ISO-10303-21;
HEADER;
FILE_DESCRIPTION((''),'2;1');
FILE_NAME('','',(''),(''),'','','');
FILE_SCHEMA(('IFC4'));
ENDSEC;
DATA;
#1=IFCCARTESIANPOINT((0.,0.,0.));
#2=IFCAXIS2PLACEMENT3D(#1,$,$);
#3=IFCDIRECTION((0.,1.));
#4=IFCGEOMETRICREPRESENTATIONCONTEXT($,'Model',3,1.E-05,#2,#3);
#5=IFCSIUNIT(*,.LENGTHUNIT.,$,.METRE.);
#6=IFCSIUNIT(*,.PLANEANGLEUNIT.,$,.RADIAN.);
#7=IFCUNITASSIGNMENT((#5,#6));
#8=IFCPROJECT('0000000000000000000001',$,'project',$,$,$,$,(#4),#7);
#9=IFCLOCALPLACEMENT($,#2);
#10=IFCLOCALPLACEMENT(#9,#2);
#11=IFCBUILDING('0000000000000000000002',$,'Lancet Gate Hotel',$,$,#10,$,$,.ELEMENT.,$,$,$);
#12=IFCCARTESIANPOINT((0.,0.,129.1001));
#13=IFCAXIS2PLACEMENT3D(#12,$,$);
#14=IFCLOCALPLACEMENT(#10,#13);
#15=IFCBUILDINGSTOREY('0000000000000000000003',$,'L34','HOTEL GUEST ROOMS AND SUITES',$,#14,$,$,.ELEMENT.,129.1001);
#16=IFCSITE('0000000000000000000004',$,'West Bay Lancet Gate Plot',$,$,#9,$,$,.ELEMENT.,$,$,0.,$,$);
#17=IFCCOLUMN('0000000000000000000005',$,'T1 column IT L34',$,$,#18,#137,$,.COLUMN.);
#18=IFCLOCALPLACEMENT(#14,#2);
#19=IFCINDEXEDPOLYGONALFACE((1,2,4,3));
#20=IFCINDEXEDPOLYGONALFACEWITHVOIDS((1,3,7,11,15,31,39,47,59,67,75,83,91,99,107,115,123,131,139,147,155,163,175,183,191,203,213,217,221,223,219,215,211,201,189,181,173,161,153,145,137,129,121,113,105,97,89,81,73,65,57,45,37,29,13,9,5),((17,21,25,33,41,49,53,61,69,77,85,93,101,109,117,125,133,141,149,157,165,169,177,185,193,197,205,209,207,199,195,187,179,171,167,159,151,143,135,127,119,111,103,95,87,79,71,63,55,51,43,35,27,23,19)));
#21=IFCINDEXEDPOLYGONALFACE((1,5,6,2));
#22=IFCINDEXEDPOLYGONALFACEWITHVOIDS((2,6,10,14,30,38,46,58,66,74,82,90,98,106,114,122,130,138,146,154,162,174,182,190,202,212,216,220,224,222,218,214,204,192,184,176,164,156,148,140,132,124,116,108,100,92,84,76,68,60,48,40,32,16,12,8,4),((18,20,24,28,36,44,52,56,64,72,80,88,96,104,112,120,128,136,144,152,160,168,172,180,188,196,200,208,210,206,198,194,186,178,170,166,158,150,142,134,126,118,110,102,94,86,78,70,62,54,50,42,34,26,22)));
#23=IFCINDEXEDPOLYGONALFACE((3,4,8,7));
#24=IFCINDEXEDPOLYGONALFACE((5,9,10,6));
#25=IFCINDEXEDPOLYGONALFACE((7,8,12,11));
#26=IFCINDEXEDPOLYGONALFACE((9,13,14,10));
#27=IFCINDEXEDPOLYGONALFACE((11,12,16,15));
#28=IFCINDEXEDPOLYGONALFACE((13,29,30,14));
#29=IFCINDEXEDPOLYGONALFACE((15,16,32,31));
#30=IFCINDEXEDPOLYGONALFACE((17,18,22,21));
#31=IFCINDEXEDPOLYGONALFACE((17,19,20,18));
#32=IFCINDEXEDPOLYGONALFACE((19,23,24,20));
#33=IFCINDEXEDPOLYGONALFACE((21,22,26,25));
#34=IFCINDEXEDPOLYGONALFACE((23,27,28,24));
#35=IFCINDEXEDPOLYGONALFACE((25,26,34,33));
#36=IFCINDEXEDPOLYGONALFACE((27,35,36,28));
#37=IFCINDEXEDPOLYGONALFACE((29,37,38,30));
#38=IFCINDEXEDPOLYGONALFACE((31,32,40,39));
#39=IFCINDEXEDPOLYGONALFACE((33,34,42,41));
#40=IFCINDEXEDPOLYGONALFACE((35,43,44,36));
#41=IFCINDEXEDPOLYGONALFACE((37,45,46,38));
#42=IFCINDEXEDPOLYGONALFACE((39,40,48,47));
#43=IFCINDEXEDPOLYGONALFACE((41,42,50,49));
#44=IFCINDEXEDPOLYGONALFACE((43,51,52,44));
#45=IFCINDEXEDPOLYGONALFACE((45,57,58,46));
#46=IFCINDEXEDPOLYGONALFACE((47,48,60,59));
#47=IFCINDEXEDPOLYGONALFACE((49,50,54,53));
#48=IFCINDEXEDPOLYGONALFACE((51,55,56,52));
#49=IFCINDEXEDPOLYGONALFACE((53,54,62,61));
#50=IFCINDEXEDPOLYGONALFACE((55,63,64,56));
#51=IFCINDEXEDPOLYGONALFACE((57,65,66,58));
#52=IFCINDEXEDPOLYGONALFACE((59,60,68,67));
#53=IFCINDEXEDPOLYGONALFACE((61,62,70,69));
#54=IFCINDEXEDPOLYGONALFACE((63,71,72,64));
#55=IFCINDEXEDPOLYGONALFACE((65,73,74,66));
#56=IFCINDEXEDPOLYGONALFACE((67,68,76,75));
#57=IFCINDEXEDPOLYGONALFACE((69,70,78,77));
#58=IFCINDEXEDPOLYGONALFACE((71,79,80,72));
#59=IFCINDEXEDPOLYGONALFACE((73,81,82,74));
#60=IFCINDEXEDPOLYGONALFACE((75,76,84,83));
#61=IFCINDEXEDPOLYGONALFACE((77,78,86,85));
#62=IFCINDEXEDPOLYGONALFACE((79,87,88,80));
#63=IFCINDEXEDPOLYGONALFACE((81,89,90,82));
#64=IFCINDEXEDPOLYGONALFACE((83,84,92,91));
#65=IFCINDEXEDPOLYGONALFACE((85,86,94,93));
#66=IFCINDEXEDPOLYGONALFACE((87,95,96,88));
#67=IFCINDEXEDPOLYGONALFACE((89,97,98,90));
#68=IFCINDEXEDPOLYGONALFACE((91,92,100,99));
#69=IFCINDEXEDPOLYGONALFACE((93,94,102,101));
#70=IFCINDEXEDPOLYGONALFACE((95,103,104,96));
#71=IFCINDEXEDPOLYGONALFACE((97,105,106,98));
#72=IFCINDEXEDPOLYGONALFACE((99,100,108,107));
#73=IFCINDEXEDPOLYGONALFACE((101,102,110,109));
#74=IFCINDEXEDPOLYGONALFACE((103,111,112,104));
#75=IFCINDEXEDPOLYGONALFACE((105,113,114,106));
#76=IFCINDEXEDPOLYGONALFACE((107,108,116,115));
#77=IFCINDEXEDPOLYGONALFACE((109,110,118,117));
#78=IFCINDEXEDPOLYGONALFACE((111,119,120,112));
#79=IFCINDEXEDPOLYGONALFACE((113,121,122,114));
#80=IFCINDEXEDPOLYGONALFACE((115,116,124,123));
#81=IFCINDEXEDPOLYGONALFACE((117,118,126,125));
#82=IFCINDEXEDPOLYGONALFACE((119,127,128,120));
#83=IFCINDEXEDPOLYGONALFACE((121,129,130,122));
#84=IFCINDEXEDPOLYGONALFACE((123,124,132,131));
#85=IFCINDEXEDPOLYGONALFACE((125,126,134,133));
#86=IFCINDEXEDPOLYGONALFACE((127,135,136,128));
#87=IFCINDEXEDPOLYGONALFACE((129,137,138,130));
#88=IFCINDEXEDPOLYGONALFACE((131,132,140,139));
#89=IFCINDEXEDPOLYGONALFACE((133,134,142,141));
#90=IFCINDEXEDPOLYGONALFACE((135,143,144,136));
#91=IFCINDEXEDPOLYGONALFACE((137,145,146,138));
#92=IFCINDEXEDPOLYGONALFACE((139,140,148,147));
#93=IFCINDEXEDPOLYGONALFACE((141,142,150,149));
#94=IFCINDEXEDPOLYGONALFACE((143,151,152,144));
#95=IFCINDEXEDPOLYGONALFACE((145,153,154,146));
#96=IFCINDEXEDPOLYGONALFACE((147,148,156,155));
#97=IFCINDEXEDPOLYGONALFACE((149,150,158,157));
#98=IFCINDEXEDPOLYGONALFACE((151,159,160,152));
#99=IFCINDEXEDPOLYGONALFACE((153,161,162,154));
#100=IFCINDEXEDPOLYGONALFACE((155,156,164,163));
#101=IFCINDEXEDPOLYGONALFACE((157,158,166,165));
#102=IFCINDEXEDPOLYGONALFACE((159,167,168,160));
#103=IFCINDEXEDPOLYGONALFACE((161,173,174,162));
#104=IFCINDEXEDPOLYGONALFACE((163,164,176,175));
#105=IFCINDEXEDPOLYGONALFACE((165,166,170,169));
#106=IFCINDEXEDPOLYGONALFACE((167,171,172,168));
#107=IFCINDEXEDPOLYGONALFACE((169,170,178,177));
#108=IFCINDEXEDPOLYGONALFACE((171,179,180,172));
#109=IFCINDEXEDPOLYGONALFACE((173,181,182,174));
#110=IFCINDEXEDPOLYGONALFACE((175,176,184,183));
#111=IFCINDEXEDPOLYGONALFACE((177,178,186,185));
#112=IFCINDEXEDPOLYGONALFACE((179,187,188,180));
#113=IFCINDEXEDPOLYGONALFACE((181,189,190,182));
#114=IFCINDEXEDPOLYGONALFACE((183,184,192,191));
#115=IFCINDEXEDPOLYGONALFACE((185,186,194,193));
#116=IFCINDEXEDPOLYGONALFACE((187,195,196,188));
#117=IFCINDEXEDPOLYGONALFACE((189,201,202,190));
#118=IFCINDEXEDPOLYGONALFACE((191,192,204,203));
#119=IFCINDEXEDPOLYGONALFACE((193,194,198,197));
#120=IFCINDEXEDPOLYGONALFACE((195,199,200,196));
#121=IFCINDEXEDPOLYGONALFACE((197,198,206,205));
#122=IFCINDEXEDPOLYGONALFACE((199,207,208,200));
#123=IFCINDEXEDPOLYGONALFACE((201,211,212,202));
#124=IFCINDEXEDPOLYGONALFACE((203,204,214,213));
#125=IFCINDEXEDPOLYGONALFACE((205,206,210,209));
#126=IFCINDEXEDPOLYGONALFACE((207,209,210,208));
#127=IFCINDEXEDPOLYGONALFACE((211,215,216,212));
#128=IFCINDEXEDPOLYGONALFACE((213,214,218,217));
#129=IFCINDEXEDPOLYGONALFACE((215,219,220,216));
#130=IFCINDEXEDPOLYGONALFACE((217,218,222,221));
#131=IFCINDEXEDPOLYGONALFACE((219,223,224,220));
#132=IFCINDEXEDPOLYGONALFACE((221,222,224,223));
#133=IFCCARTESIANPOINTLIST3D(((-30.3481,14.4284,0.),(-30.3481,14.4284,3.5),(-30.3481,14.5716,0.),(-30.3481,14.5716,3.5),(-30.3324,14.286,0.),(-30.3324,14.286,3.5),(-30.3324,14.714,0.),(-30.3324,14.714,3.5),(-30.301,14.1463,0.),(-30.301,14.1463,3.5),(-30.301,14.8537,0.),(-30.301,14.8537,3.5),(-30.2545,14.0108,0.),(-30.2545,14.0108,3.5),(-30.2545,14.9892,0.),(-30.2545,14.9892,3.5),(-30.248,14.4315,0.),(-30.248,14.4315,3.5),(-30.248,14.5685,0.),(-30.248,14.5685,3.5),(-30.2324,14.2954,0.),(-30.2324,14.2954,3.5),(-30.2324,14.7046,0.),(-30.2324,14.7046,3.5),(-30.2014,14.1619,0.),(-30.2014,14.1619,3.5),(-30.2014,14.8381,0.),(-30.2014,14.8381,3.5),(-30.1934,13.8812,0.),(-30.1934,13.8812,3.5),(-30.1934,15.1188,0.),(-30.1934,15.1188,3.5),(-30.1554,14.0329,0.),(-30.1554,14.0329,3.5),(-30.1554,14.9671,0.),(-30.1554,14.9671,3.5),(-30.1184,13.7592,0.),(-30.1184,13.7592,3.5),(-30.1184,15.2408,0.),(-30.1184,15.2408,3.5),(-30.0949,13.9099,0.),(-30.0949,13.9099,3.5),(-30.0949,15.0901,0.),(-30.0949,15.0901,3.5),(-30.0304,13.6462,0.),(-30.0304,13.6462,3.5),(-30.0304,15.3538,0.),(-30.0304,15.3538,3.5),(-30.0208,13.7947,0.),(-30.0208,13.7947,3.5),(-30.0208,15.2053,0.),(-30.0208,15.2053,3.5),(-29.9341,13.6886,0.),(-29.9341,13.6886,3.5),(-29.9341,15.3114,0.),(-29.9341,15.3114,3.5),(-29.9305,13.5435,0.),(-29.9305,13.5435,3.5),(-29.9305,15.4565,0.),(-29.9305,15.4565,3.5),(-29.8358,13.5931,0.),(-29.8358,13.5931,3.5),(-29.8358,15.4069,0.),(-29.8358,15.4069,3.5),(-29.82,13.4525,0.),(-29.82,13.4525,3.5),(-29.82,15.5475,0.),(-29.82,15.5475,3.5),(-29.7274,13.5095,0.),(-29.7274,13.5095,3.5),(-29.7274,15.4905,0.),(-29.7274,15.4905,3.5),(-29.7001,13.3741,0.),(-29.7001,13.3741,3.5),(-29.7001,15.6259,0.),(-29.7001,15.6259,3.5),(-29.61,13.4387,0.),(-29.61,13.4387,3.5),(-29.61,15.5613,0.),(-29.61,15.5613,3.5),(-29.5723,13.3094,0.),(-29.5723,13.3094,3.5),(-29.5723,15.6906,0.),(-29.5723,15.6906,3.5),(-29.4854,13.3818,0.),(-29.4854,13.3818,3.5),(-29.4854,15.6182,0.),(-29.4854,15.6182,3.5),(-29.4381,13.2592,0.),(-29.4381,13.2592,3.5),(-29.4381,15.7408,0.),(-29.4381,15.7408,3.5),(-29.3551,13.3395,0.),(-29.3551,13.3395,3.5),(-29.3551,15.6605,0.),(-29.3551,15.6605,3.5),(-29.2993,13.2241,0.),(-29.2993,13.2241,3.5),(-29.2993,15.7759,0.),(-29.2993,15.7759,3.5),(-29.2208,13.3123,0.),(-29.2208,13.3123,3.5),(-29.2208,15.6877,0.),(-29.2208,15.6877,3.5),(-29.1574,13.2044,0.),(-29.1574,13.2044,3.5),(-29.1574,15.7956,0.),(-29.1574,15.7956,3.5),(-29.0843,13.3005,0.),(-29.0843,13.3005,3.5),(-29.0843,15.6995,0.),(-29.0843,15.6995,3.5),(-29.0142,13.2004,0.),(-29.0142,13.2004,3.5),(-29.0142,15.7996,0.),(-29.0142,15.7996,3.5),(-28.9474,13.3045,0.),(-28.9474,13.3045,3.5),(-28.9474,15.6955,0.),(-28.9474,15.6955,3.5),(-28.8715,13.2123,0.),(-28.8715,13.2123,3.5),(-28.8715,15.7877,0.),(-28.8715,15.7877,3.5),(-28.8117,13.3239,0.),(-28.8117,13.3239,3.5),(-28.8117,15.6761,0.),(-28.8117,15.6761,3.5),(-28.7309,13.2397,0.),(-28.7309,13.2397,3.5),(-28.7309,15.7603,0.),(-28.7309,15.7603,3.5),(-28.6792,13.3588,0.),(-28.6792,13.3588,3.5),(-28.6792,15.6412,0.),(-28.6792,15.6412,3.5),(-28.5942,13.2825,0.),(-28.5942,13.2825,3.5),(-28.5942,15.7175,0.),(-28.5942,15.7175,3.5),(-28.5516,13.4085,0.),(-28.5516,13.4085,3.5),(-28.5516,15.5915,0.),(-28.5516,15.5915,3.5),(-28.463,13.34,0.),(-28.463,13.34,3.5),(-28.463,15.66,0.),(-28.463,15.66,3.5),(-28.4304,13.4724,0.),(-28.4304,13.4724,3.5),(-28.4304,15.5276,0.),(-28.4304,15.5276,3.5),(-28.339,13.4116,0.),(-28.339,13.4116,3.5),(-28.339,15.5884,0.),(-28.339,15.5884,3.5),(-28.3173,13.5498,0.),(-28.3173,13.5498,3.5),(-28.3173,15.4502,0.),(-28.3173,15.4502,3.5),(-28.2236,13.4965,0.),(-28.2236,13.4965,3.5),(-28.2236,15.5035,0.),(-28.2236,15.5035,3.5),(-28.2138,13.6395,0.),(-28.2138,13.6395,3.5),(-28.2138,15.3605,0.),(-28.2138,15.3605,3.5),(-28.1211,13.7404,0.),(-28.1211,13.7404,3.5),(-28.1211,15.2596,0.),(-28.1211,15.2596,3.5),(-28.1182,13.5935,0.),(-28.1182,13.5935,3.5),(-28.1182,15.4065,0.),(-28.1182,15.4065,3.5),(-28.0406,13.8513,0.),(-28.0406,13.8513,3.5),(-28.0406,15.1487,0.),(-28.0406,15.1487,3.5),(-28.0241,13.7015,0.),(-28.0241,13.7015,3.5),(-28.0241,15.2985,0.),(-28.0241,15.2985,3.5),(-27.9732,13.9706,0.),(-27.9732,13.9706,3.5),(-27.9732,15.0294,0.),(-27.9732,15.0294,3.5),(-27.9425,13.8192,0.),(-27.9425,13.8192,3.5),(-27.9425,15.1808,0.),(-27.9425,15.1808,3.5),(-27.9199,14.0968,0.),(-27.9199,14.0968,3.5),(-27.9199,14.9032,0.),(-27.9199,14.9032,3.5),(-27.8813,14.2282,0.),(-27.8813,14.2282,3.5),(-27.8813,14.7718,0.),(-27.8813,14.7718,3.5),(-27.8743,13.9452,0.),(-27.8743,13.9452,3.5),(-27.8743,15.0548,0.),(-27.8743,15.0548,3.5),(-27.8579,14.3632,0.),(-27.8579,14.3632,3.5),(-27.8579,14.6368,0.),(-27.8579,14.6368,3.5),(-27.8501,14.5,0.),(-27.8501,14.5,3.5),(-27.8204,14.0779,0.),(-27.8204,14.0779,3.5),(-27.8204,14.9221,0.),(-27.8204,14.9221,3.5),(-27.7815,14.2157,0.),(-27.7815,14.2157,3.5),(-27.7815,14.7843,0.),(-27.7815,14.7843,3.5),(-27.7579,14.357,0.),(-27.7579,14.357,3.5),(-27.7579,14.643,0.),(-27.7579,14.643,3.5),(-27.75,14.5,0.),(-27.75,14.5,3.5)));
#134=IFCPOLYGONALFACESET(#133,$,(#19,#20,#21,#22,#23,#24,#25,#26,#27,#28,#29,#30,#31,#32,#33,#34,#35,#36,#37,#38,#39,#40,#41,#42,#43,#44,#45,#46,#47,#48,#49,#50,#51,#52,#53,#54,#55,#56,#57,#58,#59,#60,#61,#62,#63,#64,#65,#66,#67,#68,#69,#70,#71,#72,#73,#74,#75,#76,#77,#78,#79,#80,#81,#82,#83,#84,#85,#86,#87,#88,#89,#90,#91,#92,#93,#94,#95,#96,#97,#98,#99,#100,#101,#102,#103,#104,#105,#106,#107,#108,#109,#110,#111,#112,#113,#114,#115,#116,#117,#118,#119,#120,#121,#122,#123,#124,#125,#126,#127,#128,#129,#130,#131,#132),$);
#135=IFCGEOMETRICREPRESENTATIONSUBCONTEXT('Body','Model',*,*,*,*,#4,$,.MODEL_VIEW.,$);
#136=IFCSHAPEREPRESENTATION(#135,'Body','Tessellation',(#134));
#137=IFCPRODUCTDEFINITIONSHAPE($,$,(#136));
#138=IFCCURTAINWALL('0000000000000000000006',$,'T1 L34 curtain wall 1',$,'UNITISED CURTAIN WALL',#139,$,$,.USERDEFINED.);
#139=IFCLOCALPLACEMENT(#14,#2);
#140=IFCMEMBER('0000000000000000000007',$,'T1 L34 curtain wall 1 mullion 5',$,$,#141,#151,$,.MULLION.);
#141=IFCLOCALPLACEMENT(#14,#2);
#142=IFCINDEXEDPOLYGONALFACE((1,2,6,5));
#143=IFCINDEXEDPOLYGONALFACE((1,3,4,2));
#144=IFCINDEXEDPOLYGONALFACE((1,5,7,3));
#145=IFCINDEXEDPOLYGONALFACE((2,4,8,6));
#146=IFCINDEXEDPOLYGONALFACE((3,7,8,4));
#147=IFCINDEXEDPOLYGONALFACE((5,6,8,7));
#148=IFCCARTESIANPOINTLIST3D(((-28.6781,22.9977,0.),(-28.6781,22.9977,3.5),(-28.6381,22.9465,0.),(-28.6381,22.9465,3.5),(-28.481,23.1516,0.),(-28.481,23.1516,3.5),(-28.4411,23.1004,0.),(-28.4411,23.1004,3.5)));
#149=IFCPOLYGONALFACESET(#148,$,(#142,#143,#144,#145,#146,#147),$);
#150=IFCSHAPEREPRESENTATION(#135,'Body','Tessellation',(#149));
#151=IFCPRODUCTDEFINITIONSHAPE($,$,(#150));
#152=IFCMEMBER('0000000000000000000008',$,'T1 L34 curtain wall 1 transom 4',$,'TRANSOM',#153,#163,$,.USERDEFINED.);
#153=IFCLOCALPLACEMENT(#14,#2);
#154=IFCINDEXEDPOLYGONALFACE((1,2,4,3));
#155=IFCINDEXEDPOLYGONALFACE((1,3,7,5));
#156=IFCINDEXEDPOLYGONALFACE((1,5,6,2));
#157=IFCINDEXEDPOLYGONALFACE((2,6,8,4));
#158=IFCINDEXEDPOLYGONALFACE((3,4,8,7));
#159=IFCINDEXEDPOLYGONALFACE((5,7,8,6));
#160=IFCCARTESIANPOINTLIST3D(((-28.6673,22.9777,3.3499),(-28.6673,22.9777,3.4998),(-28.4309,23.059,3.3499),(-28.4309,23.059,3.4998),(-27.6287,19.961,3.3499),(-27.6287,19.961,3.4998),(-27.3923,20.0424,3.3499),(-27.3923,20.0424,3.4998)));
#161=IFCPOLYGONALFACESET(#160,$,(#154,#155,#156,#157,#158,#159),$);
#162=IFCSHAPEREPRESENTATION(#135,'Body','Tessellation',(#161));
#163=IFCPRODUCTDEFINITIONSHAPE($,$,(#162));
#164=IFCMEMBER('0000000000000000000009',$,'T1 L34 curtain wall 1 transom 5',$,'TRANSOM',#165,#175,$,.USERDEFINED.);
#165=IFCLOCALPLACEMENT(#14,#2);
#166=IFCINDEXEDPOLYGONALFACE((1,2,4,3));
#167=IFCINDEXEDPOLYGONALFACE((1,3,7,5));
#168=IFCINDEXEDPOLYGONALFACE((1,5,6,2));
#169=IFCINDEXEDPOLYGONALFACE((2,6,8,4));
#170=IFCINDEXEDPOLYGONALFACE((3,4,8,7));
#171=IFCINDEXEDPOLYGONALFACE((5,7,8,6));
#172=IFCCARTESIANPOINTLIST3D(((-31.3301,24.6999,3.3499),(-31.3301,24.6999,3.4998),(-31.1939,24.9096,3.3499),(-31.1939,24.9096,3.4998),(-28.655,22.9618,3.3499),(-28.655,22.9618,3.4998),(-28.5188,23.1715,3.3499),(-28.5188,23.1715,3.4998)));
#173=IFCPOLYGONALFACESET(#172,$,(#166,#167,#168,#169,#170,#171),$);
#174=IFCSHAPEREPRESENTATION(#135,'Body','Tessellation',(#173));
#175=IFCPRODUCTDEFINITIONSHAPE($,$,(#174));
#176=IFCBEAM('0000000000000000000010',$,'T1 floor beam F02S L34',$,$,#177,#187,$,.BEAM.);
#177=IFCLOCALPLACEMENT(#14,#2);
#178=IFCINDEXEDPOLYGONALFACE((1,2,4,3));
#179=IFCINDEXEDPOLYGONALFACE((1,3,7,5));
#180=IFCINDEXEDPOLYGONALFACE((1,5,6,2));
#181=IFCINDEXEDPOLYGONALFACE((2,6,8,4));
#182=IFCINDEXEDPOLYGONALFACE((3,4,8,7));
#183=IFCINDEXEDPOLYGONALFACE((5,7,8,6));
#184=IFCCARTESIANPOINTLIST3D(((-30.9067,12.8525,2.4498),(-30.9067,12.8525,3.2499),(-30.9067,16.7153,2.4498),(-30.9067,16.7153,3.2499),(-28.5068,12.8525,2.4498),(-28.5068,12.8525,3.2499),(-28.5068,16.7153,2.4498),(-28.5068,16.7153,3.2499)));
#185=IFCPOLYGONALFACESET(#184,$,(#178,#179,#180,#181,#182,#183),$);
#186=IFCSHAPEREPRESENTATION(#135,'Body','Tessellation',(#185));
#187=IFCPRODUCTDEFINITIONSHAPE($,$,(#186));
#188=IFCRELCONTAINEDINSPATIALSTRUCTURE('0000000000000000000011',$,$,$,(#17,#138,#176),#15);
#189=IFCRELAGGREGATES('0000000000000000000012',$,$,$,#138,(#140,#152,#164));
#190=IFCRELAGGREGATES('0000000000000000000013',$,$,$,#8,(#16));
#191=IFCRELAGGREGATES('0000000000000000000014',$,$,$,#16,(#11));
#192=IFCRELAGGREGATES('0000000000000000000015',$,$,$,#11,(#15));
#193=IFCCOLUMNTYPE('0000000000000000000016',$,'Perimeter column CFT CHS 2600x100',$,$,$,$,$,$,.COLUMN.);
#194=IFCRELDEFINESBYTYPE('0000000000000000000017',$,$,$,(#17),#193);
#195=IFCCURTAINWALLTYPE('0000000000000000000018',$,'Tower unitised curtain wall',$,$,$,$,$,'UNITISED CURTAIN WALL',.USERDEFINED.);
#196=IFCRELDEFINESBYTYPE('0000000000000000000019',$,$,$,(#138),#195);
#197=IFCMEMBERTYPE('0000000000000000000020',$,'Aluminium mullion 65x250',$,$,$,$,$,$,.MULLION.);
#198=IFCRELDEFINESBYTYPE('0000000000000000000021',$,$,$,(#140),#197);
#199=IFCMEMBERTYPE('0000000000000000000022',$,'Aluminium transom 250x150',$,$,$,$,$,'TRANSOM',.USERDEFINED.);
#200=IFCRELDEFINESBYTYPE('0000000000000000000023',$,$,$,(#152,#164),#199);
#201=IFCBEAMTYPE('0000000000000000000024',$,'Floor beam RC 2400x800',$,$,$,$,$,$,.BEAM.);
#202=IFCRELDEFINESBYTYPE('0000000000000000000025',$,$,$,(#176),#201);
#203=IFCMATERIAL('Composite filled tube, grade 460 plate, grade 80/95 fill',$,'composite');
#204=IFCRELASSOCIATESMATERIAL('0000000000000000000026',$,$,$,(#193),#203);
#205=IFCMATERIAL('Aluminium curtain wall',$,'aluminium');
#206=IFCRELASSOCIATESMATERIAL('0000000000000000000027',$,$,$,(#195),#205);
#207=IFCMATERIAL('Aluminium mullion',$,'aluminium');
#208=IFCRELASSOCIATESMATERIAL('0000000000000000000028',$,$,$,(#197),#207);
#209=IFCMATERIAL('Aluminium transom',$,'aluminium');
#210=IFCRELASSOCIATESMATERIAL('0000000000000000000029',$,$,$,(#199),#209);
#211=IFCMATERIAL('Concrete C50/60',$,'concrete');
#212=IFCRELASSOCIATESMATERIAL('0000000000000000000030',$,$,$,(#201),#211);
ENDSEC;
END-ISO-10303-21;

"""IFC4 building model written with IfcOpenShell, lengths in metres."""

from ifc_helpers import new_model, si_unit, direction, frame, origin, origin_2d, place, context, subcontext, project, spatial, rectangle, hollow_circle, extrude, material, material_profile, profile_set, type_object, element, aggregate, save


model = new_model("IFC4")

# Units and contexts
model_context = context("Model", 3, precision=1e-05, world=origin(), true_north=direction((0.0, 1.0)))
body_context = subcontext(model_context, "Body", "Model", "MODEL_VIEW")
ifc_project = project(units=[si_unit("LENGTHUNIT", "METRE"), si_unit("PLANEANGLEUNIT", "RADIAN")], contexts=[model_context])

# Site, building, storey
site_placement = place(None, origin())
site = spatial("IfcSite", under=ifc_project, at=site_placement, Name="West Bay Lancet Gate Plot", CompositionType="ELEMENT", RefElevation=0.0)
building_placement = place(site_placement, origin())
building = spatial("IfcBuilding", under=site, at=building_placement, Name="Lancet Gate Hotel", CompositionType="ELEMENT")
storey_placement = place(building_placement, frame((0.0, 0.0, 129.1001)))
storey = spatial("IfcBuildingStorey", under=building, at=storey_placement, Name="L34", Description="HOTEL GUEST ROOMS AND SUITES", CompositionType="ELEMENT", Elevation=129.1001)

# Column
ifc_material_1 = material(Name="Composite filled tube, grade 460 plate, grade 80/95 fill", Category="composite")
ifc_material_profile_1 = material_profile(ifc_material_1, hollow_circle(Radius=1.3, WallThickness=0.1001, at=origin_2d()), Name="CHS 2600x100")
ifc_profile_set_1 = profile_set([ifc_material_profile_1], Name="Composite filled tube, grade 460 plate, grade 80/95 fill")
column_type = type_object("IfcColumnType", Name="Perimeter column CFT CHS 2600x100", PredefinedType="COLUMN", material=ifc_profile_set_1)
for number, where, z_axis, x_axis, name in (
    (1, (-29.05, 14.5, 0.0), (0.0, 0.0, 1.0), (1.0, 0.0, 0.0), "T1 column IT L34"),
):
    element("IfcColumn", number, at=place(storey_placement, frame(where, z_axis=z_axis, x_axis=x_axis)), inside=storey, type_object=column_type, Name=name, PredefinedType="COLUMN", context=body_context, shape_type="SweptSolid", body=[
        extrude(hollow_circle(Radius=1.3, WallThickness=0.1001, at=origin_2d()), origin(), (0.0, 0.0, 1.0), 3.5),
    ])

# Curtain wall, members
ifc_material_2 = material(Name="Aluminium curtain wall", Category="aluminium")
curtain_wall_type = type_object("IfcCurtainWallType", Name="Tower unitised curtain wall", ElementType="UNITISED CURTAIN WALL", PredefinedType="USERDEFINED", material=ifc_material_2)
curtain_wall_placement = place(storey_placement, origin())
curtain_wall = element("IfcCurtainWall", 2, at=curtain_wall_placement, inside=storey, type_object=curtain_wall_type, Name="T1 L34 curtain wall 1", ObjectType="UNITISED CURTAIN WALL", PredefinedType="USERDEFINED")
ifc_material_3 = material(Name="Aluminium mullion", Category="aluminium")
ifc_material_profile_2 = material_profile(ifc_material_3, rectangle(XDim=0.0649, YDim=0.25, at=origin_2d()), Name="MULLION 65x250")
ifc_profile_set_2 = profile_set([ifc_material_profile_2], Name="Aluminium mullion")
member_type_1 = type_object("IfcMemberType", Name="Aluminium mullion 65x250", PredefinedType="MULLION", material=ifc_profile_set_2)
member_1_placement = place(storey_placement, frame((-28.5596, 23.0491, 0.0), z_axis=(0.0, 0.0, 1.0), x_axis=(-0.615574, 0.788079, 0.0)))
member_1 = element("IfcMember", 3, at=member_1_placement, type_object=member_type_1, Name="T1 L34 curtain wall 1 mullion 5", PredefinedType="MULLION", context=body_context, shape_type="SweptSolid", body=[
    extrude(rectangle(XDim=0.0649, YDim=0.25, at=origin_2d()), origin(), (0.0, 0.0, 1.0), 3.5),
])
ifc_material_4 = material(Name="Aluminium transom", Category="aluminium")
ifc_material_profile_3 = material_profile(ifc_material_4, rectangle(XDim=0.25, YDim=0.1499, at=origin_2d()), Name="TRANSOM 250x150")
ifc_profile_set_3 = profile_set([ifc_material_profile_3], Name="Aluminium transom")
member_type_2 = type_object("IfcMemberType", Name="Aluminium transom 250x150", ElementType="TRANSOM", PredefinedType="USERDEFINED", material=ifc_profile_set_3)
member_2_placement = place(storey_placement, frame((-27.5105, 20.0017, 3.4248), z_axis=(-0.325533, 0.945531, 0.0), x_axis=(-0.945531, -0.325533, 0.0)))
member_2 = element("IfcMember", 4, at=member_2_placement, type_object=member_type_2, Name="T1 L34 curtain wall 1 transom 4", ObjectType="TRANSOM", PredefinedType="USERDEFINED", context=body_context, shape_type="SweptSolid", body=[
    extrude(rectangle(XDim=0.25, YDim=0.1499, at=origin_2d()), origin(), (0.0, 0.0, 1.0), 3.1904),
])
member_3_placement = place(storey_placement, frame((-28.5869, 23.0667, 3.4248), z_axis=(-0.83855, 0.544824, 0.0), x_axis=(-0.544824, -0.83855, 0.0)))
member_3 = element("IfcMember", 5, at=member_3_placement, type_object=member_type_2, Name="T1 L34 curtain wall 1 transom 5", ObjectType="TRANSOM", PredefinedType="USERDEFINED", context=body_context, shape_type="SweptSolid", body=[
    extrude(rectangle(XDim=0.25, YDim=0.1499, at=origin_2d()), origin(), (0.0, 0.0, 1.0), 3.1902),
])

# Beam
ifc_material_5 = material(Name="Concrete C50/60", Category="concrete")
ifc_material_profile_4 = material_profile(ifc_material_5, rectangle(XDim=2.3999, YDim=0.8, at=origin_2d()), Name="RC 2400x800")
ifc_profile_set_4 = profile_set([ifc_material_profile_4], Name="Concrete C50/60")
beam_type_1 = type_object("IfcBeamType", Name="Floor beam RC 2400x800", PredefinedType="BEAM", material=ifc_profile_set_4)
beam_1_placement = place(storey_placement, frame((-29.7068, 16.7153, 2.8499), z_axis=(0.0, -1.0, 0.0), x_axis=(1.0, 0.0, 0.0)))
element("IfcBeam", 6, at=beam_1_placement, inside=storey, type_object=beam_type_1, Name="T1 floor beam F02S L34", PredefinedType="BEAM", context=body_context, shape_type="SweptSolid", body=[
    extrude(rectangle(XDim=2.3999, YDim=0.8, at=origin_2d()), origin(), (0.0, 0.0, 1.0), 3.8628),
])

aggregate(curtain_wall, [member_1, member_2, member_3])

save(model, "model.ifc")
